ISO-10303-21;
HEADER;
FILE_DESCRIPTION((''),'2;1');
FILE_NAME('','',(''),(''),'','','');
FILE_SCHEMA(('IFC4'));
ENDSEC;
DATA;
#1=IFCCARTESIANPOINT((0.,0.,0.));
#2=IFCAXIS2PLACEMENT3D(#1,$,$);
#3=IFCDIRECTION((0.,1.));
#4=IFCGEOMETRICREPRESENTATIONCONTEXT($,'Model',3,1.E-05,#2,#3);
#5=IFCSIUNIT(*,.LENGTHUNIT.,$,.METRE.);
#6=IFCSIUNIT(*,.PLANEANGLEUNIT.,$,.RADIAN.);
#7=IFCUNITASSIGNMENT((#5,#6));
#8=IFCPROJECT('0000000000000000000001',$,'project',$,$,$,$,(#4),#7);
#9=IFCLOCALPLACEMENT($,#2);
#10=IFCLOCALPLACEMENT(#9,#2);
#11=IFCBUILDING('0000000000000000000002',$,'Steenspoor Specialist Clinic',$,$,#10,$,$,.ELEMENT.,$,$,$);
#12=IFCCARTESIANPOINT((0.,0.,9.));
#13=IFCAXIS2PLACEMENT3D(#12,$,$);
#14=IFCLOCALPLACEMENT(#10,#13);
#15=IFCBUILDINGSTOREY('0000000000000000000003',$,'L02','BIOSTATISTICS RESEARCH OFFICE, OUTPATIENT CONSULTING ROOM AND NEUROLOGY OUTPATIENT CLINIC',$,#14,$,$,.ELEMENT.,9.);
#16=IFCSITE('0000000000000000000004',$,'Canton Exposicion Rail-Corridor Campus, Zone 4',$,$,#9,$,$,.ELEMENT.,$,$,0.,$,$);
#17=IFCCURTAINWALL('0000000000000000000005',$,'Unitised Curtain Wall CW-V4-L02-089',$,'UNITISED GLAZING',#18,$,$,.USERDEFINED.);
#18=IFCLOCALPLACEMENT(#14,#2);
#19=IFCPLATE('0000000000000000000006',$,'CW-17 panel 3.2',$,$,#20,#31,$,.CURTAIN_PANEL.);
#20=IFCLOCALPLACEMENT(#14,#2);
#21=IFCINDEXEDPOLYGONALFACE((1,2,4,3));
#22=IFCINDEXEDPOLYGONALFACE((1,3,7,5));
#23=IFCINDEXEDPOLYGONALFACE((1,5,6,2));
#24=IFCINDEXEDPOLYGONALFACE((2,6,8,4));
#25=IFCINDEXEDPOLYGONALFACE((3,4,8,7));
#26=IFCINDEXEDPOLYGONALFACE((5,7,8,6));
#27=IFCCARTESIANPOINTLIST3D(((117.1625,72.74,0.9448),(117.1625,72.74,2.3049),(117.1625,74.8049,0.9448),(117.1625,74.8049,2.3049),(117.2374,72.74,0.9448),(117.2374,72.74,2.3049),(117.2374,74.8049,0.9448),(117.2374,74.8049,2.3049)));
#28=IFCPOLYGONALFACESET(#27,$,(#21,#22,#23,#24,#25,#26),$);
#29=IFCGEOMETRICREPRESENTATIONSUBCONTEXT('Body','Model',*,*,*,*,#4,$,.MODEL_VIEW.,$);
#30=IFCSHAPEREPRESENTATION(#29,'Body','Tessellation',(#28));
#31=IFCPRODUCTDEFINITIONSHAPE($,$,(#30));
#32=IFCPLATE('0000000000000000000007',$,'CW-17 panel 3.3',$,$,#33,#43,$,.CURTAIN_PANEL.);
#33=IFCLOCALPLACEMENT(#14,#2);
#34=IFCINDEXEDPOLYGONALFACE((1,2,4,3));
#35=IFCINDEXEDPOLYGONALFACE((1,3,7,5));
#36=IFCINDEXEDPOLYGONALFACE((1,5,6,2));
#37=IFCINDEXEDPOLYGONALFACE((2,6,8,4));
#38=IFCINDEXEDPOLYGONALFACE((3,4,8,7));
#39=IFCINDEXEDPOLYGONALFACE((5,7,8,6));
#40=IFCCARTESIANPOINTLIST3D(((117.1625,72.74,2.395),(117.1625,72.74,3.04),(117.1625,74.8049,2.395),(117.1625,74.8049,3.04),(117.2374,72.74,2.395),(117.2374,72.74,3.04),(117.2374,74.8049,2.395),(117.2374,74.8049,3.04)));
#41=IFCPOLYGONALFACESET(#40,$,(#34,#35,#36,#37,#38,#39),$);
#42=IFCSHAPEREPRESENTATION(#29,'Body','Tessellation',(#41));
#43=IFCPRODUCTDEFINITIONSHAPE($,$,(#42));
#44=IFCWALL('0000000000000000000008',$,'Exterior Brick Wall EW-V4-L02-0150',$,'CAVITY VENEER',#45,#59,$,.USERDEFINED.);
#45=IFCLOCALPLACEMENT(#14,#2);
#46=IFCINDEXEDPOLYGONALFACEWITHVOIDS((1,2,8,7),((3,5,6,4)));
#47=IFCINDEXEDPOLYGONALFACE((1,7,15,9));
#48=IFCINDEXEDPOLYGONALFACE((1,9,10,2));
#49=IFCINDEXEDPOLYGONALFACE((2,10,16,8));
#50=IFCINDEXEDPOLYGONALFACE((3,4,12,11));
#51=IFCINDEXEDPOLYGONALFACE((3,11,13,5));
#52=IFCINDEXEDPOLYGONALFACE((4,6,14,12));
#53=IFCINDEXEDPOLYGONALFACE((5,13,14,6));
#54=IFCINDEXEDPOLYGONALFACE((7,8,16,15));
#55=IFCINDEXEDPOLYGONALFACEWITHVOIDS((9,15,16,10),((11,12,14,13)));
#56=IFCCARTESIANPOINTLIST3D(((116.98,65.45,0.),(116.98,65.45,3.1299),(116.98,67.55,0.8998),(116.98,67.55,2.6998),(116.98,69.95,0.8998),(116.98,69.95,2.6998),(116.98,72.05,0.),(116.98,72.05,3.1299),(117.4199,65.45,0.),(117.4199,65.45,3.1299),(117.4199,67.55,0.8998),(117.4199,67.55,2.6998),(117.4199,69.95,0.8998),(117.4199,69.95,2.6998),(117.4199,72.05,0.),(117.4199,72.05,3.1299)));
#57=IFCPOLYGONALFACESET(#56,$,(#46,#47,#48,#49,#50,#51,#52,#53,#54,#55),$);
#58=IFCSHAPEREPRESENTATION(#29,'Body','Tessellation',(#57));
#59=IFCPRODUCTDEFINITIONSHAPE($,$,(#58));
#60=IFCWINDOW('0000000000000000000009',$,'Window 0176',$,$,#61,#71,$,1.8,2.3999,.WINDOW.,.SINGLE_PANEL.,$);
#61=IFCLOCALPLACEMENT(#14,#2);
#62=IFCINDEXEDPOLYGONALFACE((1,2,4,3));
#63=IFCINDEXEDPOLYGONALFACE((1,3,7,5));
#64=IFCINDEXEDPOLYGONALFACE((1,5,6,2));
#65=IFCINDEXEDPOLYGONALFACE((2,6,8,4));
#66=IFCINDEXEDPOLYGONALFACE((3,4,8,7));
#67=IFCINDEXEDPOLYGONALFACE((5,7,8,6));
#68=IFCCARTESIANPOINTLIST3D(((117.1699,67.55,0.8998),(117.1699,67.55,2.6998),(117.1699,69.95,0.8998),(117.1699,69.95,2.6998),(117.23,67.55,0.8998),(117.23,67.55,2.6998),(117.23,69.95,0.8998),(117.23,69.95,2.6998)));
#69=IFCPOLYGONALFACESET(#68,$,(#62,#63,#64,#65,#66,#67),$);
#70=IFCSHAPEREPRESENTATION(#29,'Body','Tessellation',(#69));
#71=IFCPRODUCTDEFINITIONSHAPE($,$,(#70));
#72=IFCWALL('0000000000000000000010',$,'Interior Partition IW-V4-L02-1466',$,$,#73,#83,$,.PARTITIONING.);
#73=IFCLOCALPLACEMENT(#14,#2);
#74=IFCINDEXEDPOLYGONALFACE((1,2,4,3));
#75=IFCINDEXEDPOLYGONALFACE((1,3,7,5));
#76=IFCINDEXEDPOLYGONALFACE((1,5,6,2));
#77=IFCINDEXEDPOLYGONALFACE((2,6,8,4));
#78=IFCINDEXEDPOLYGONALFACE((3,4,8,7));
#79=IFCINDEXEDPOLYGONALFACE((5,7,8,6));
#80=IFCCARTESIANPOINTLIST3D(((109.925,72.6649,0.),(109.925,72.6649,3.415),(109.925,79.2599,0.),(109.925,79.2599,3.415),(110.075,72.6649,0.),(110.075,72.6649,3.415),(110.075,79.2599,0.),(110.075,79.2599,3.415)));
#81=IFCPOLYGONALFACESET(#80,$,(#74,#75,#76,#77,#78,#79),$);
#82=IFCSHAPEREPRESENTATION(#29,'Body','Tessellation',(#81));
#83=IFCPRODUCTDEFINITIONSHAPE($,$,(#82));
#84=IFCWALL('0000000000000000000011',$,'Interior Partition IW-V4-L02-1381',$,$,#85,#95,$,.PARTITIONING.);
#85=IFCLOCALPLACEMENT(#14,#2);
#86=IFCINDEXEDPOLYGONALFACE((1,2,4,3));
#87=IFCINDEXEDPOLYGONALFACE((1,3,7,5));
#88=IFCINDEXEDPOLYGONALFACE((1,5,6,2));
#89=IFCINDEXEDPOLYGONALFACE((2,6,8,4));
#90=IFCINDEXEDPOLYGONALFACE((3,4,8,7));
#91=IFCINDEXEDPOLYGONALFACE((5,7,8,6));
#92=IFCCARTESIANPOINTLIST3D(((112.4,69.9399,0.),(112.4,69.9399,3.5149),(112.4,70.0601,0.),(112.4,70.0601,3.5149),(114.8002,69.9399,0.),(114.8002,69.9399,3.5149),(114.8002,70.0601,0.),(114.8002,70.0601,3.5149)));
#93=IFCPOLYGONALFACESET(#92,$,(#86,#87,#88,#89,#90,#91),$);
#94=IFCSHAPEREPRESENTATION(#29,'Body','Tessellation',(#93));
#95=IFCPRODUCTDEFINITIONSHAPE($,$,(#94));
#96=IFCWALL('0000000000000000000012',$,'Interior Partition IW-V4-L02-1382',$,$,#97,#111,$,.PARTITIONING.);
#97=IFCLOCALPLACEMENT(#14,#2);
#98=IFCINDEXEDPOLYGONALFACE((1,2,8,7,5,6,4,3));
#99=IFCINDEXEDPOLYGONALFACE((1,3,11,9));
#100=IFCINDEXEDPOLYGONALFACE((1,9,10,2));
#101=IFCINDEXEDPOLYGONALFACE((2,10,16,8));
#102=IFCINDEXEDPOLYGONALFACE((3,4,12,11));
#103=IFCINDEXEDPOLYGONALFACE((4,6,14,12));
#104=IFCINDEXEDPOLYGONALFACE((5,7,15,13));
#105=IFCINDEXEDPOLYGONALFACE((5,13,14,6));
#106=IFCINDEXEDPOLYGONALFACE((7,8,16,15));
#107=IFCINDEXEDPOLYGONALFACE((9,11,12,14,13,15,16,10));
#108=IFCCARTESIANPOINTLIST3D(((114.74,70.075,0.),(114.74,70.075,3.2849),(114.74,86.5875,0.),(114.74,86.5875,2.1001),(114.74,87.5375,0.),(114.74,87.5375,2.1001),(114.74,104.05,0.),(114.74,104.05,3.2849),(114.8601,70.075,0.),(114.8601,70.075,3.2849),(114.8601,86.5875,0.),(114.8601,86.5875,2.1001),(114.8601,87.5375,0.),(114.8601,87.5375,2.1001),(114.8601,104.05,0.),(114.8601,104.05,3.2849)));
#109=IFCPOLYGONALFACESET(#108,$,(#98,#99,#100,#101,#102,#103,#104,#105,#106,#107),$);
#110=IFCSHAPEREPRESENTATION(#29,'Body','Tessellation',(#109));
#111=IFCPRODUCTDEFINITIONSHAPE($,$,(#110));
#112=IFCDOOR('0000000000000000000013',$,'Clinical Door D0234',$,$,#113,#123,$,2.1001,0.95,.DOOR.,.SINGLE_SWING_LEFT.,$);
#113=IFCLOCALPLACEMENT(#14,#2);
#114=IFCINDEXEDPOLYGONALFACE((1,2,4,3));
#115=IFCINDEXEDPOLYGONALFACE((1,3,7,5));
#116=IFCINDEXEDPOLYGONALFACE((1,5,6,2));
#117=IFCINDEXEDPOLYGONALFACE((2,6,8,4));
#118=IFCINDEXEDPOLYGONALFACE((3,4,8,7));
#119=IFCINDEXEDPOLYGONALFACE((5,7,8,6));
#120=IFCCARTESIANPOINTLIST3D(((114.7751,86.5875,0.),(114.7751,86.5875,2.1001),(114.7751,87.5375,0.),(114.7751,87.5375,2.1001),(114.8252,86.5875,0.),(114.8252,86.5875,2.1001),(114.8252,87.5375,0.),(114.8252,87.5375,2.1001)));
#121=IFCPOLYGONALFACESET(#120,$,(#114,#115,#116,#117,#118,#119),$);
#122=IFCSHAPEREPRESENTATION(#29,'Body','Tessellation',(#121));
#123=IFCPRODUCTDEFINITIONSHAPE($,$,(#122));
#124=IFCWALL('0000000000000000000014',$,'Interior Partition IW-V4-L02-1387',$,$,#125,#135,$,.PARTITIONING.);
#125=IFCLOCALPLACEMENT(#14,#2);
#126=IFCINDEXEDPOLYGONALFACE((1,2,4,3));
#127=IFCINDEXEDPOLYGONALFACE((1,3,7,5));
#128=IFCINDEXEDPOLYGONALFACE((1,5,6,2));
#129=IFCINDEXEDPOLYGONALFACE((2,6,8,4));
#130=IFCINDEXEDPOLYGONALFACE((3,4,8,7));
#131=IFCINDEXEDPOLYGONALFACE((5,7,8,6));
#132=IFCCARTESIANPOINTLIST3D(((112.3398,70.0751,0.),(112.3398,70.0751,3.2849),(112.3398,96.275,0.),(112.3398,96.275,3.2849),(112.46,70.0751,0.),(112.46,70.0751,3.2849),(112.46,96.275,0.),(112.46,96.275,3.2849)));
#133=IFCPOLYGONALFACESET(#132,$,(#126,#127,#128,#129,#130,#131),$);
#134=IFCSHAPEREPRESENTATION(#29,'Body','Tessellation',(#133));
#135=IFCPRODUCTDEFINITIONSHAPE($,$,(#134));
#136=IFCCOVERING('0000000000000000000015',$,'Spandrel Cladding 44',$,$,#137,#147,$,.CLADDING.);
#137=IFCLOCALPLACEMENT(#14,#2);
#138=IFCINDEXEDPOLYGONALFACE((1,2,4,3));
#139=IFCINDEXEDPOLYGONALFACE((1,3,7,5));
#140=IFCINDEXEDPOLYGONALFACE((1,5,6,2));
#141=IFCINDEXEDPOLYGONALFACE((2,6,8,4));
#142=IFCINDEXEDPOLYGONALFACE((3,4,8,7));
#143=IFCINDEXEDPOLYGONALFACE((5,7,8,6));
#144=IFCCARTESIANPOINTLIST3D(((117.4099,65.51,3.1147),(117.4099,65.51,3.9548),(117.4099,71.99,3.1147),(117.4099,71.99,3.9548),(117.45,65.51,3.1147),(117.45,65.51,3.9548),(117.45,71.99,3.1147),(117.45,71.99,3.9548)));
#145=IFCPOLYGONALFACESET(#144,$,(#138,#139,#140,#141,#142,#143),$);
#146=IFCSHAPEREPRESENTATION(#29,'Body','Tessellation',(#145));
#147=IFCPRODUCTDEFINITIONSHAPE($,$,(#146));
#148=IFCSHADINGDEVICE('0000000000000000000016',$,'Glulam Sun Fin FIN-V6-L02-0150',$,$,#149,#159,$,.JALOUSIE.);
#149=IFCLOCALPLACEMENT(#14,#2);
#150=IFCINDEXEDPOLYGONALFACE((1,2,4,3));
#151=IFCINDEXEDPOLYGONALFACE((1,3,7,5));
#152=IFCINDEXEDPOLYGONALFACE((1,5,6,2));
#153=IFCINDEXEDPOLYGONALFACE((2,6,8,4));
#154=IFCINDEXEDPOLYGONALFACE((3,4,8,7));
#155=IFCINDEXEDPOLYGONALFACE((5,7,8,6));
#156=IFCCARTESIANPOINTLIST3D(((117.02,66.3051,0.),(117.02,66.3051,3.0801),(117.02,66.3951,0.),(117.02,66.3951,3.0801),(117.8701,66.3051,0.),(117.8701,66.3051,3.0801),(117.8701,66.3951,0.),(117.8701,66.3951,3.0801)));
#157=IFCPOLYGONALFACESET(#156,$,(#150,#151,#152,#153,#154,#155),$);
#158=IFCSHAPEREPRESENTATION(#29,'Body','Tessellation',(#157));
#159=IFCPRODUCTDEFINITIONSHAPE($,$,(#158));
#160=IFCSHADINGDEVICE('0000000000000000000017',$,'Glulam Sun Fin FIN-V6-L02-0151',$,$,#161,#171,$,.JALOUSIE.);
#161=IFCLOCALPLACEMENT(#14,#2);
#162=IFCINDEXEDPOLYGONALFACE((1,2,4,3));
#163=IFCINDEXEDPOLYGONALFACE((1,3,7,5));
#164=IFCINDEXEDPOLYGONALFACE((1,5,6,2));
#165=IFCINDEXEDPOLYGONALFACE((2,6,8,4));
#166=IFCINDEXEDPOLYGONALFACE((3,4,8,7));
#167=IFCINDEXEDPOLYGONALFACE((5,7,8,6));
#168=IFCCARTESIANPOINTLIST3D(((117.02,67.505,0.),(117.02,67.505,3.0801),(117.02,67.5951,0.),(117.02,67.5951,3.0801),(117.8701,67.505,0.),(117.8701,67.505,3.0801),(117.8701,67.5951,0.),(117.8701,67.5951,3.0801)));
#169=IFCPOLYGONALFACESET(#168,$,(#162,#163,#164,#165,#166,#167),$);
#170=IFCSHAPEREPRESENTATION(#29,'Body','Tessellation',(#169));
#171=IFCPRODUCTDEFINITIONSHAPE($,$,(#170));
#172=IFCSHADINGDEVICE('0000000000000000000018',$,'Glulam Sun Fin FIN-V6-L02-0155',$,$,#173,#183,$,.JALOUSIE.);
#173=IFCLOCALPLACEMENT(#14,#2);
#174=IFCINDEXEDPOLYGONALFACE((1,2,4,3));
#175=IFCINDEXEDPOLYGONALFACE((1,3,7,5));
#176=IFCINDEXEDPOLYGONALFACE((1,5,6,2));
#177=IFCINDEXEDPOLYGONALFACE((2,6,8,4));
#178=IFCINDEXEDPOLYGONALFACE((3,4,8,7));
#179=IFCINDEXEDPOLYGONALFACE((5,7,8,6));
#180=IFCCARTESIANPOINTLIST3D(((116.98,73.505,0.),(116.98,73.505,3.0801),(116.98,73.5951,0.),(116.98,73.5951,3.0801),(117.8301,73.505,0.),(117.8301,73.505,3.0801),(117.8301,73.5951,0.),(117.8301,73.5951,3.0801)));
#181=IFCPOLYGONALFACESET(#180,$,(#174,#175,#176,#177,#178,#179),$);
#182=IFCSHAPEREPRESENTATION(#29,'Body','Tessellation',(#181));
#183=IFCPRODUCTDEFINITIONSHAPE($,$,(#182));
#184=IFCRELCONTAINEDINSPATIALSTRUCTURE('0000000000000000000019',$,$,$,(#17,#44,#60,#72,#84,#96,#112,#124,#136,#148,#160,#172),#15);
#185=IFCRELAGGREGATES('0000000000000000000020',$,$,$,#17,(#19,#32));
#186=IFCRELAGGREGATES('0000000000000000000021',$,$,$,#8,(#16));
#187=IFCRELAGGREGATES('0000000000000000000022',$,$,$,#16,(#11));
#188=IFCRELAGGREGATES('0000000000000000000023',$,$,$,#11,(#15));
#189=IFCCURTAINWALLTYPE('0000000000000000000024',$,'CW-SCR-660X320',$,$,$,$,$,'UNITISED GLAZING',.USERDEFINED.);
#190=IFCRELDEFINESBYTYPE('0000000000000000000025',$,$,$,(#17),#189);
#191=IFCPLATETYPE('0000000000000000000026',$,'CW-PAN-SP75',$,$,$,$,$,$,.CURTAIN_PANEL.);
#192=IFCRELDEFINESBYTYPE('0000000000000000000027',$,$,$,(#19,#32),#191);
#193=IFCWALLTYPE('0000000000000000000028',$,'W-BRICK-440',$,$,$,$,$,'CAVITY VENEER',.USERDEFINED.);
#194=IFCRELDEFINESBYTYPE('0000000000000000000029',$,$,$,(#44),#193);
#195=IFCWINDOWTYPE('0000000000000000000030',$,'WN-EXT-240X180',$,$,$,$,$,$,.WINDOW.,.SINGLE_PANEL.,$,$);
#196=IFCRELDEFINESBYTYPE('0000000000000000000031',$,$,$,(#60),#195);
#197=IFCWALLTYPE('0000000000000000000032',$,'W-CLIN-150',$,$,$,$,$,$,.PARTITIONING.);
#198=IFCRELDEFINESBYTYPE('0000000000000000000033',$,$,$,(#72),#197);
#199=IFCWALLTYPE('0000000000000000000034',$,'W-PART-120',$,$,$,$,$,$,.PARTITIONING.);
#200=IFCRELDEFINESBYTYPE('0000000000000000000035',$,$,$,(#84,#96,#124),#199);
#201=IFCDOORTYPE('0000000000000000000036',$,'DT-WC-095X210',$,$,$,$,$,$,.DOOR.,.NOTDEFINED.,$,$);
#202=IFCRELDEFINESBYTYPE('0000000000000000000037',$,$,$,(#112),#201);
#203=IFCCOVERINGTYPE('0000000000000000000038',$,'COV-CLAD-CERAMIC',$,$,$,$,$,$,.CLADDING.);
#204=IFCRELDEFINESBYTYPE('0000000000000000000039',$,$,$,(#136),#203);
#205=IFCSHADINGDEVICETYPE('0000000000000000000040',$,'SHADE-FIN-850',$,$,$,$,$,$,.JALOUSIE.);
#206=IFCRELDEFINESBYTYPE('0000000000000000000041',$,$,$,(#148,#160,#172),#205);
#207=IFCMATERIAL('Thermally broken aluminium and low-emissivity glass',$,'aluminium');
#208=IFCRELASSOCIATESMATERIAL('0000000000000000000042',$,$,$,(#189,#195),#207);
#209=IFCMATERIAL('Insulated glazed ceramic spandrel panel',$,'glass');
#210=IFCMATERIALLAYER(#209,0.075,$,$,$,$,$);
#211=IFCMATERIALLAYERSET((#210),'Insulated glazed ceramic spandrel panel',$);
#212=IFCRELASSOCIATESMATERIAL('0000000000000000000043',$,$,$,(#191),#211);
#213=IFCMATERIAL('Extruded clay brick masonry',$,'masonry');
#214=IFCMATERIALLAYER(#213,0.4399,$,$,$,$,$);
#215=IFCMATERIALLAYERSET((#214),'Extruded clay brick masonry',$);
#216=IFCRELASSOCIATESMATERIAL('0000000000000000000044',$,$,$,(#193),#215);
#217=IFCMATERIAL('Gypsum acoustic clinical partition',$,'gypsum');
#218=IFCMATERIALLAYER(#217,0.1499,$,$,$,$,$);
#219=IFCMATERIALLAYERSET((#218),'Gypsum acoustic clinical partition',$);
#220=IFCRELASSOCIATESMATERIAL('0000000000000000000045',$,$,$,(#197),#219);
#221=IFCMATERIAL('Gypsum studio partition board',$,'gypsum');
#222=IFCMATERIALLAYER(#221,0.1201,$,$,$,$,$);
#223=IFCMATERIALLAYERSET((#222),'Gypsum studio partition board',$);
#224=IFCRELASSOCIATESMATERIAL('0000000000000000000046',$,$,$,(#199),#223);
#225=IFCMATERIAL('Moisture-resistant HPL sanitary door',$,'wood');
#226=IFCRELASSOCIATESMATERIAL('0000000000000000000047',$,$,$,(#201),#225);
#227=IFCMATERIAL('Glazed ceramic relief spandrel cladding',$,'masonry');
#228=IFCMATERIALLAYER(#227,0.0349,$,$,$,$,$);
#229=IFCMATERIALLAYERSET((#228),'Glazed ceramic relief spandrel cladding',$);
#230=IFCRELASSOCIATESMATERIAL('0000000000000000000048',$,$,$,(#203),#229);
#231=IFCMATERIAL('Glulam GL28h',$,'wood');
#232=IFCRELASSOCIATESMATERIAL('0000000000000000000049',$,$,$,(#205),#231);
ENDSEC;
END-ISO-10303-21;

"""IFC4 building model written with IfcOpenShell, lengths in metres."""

from ifc_helpers import new_model, si_unit, direction, frame, frame_2d, origin, origin_2d, place, context, subcontext, project, spatial, rectangle, extrude, material, layer, layer_set, material_profile, profile_set, type_object, element, fill, aggregate, save


model = new_model("IFC4")

# Units and contexts
model_context = context("Model", 3, precision=1e-05, world=origin(), true_north=direction((0.0, 1.0)))
body_context = subcontext(model_context, "Body", "Model", "MODEL_VIEW")
ifc_project = project(units=[si_unit("LENGTHUNIT", "METRE"), si_unit("PLANEANGLEUNIT", "RADIAN")], contexts=[model_context])

# Site, building, storey
site_placement = place(None, origin())
site = spatial("IfcSite", under=ifc_project, at=site_placement, Name="Canton Exposicion Rail-Corridor Campus, Zone 4", CompositionType="ELEMENT", RefElevation=0.0)
building_placement = place(site_placement, origin())
building = spatial("IfcBuilding", under=site, at=building_placement, Name="Steenspoor Specialist Clinic", CompositionType="ELEMENT")
storey_placement = place(building_placement, frame((0.0, 0.0, 9.0)))
storey = spatial("IfcBuildingStorey", under=building, at=storey_placement, Name="L02", Description="BIOSTATISTICS RESEARCH OFFICE, OUTPATIENT CONSULTING ROOM AND NEUROLOGY OUTPATIENT CLINIC", CompositionType="ELEMENT", Elevation=9.0)

# Curtain wall
ifc_material_1 = material(Name="Thermally broken aluminium and low-emissivity glass", Category="aluminium")
curtain_wall_type = type_object("IfcCurtainWallType", Name="CW-SCR-660X320", ElementType="UNITISED GLAZING", PredefinedType="USERDEFINED", material=ifc_material_1)
curtain_wall_placement = place(storey_placement, origin())
curtain_wall = element("IfcCurtainWall", 1, at=curtain_wall_placement, inside=storey, type_object=curtain_wall_type, Name="Unitised Curtain Wall CW-V4-L02-089", ObjectType="UNITISED GLAZING", PredefinedType="USERDEFINED")

# Plates
ifc_material_2 = material(Name="Insulated glazed ceramic spandrel panel", Category="glass")
ifc_layer_1 = layer(ifc_material_2, 0.075)
ifc_layer_set_1 = layer_set([ifc_layer_1], Name="Insulated glazed ceramic spandrel panel")
plate_type = type_object("IfcPlateType", Name="CW-PAN-SP75", PredefinedType="CURTAIN_PANEL", material=ifc_layer_set_1)
plate_1_placement = place(storey_placement, frame((117.2, 73.7725, 0.9448), z_axis=(0.0, 0.0, 1.0), x_axis=(0.0, -1.0, 0.0)))
plate_1 = element("IfcPlate", 2, at=plate_1_placement, type_object=plate_type, Name="CW-17 panel 3.2", PredefinedType="CURTAIN_PANEL", context=body_context, shape_type="SweptSolid", body=[
    extrude(rectangle(XDim=2.0649, YDim=0.075, at=origin_2d()), origin(), (0.0, 0.0, 1.0), 1.3601),
])
plate_2_placement = place(storey_placement, frame((117.2, 73.7725, 2.395), z_axis=(0.0, 0.0, 1.0), x_axis=(0.0, -1.0, 0.0)))
plate_2 = element("IfcPlate", 3, at=plate_2_placement, type_object=plate_type, Name="CW-17 panel 3.3", PredefinedType="CURTAIN_PANEL", context=body_context, shape_type="SweptSolid", body=[
    extrude(rectangle(XDim=2.0649, YDim=0.075, at=origin_2d()), origin(), (0.0, 0.0, 1.0), 0.645),
])
aggregate(curtain_wall, [plate_1, plate_2])

# Wall, opening, window
ifc_material_3 = material(Name="Extruded clay brick masonry", Category="masonry")
ifc_layer_2 = layer(ifc_material_3, 0.4399)
ifc_layer_set_2 = layer_set([ifc_layer_2], Name="Extruded clay brick masonry")
wall_type_1 = type_object("IfcWallType", Name="W-BRICK-440", ElementType="CAVITY VENEER", PredefinedType="USERDEFINED", material=ifc_layer_set_2)
wall_1_placement = place(storey_placement, frame((117.2, 72.05, 0.0), z_axis=(0.0, 0.0, 1.0), x_axis=(0.0, -1.0, 0.0)))
wall_1 = element("IfcWall", 4, at=wall_1_placement, inside=storey, type_object=wall_type_1, Name="Exterior Brick Wall EW-V4-L02-0150", ObjectType="CAVITY VENEER", PredefinedType="USERDEFINED", context=body_context, shape_type="SweptSolid", body=[
    extrude(rectangle(XDim=6.6001, YDim=0.4399, at=frame_2d((3.3, 0.0))), origin(), (0.0, 0.0, 1.0), 3.1299),
])
opening_1_placement = place(wall_1_placement, frame((2.1001, 0.0, 0.8999)))
opening_1 = element("IfcOpeningElement", 5, at=opening_1_placement, cuts=wall_1, PredefinedType="OPENING", context=body_context, shape_type="SweptSolid", body=[
    extrude(rectangle(XDim=2.3999, YDim=1.8, at=frame_2d((1.2, 0.8999))), frame((0.0, 0.23, 0.0), z_axis=(0.0, -1.0, 0.0), x_axis=(1.0, 0.0, 0.0)), (0.0, 0.0, 1.0), 0.46),
])
window_type = type_object("IfcWindowType", Name="WN-EXT-240X180", PartitioningType="SINGLE_PANEL", PredefinedType="WINDOW", material=ifc_material_1)
window_placement = place(opening_1_placement, origin())
window = element("IfcWindow", 6, at=window_placement, inside=storey, type_object=window_type, Name="Window 0176", OverallHeight=1.8, OverallWidth=2.3999, PartitioningType="SINGLE_PANEL", PredefinedType="WINDOW", context=body_context, shape_type="SweptSolid", body=[
    extrude(rectangle(XDim=2.3999, YDim=1.8, at=frame_2d((1.2, 0.8999))), frame((0.0, 0.03, 0.0), z_axis=(0.0, -1.0, 0.0), x_axis=(1.0, 0.0, 0.0)), (0.0, 0.0, 1.0), 0.0601),
])
fill(opening_1, window)

# Walls
ifc_material_4 = material(Name="Gypsum acoustic clinical partition", Category="gypsum")
ifc_layer_3 = layer(ifc_material_4, 0.1499)
ifc_layer_set_3 = layer_set([ifc_layer_3], Name="Gypsum acoustic clinical partition")
wall_type_2 = type_object("IfcWallType", Name="W-CLIN-150", PredefinedType="PARTITIONING", material=ifc_layer_set_3)
wall_2_placement = place(storey_placement, frame((110.0, 72.665, 0.0), z_axis=(0.0, 0.0, 1.0), x_axis=(0.0, 1.0, 0.0)))
element("IfcWall", 7, at=wall_2_placement, inside=storey, type_object=wall_type_2, Name="Interior Partition IW-V4-L02-1466", PredefinedType="PARTITIONING", context=body_context, shape_type="SweptSolid", body=[
    extrude(rectangle(XDim=6.595, YDim=0.1499, at=frame_2d((3.2974, 0.0))), origin(), (0.0, 0.0, 1.0), 3.415),
])
ifc_material_5 = material(Name="Gypsum studio partition board", Category="gypsum")
ifc_layer_4 = layer(ifc_material_5, 0.1201)
ifc_layer_set_4 = layer_set([ifc_layer_4], Name="Gypsum studio partition board")
wall_type_3 = type_object("IfcWallType", Name="W-PART-120", PredefinedType="PARTITIONING", material=ifc_layer_set_4)
wall_3_placement = place(storey_placement, frame((112.3999, 70.0, 0.0), z_axis=(0.0, 0.0, 1.0), x_axis=(1.0, 0.0, 0.0)))
element("IfcWall", 8, at=wall_3_placement, inside=storey, type_object=wall_type_3, Name="Interior Partition IW-V4-L02-1381", PredefinedType="PARTITIONING", context=body_context, shape_type="SweptSolid", body=[
    extrude(rectangle(XDim=2.4001, YDim=0.1201, at=frame_2d((1.2002, 0.0))), origin(), (0.0, 0.0, 1.0), 3.5149),
])

# Wall, opening, door
wall_4_placement = place(storey_placement, frame((114.8, 70.075, 0.0), z_axis=(0.0, 0.0, 1.0), x_axis=(0.0, 1.0, 0.0)))
wall_4 = element("IfcWall", 9, at=wall_4_placement, inside=storey, type_object=wall_type_3, Name="Interior Partition IW-V4-L02-1382", PredefinedType="PARTITIONING", context=body_context, shape_type="SweptSolid", body=[
    extrude(rectangle(XDim=33.9751, YDim=0.1201, at=frame_2d((16.9875, 0.0))), origin(), (0.0, 0.0, 1.0), 3.2849),
])
opening_2_placement = place(wall_4_placement, frame((16.5125, 0.0, 0.0)))
opening_2 = element("IfcOpeningElement", 10, at=opening_2_placement, cuts=wall_4, PredefinedType="OPENING", context=body_context, shape_type="SweptSolid", body=[
    extrude(rectangle(XDim=0.95, YDim=2.1001, at=frame_2d((0.4751, 1.05))), frame((0.0, 0.0701, 0.0), z_axis=(0.0, -1.0, 0.0), x_axis=(1.0, 0.0, 0.0)), (0.0, 0.0, 1.0), 0.1401),
])
ifc_material_6 = material(Name="Moisture-resistant HPL sanitary door", Category="wood")
door_type = type_object("IfcDoorType", Name="DT-WC-095X210", OperationType="NOTDEFINED", PredefinedType="DOOR", material=ifc_material_6)
door_placement = place(opening_2_placement, origin())
door = element("IfcDoor", 11, at=door_placement, inside=storey, type_object=door_type, Name="Clinical Door D0234", OperationType="SINGLE_SWING_LEFT", OverallHeight=2.1001, OverallWidth=0.95, PredefinedType="DOOR", context=body_context, shape_type="SweptSolid", body=[
    extrude(rectangle(XDim=0.95, YDim=2.1001, at=frame_2d((0.4751, 1.05))), frame((0.0, 0.0249, 0.0), z_axis=(0.0, -1.0, 0.0), x_axis=(1.0, 0.0, 0.0)), (0.0, 0.0, 1.0), 0.05),
])
fill(opening_2, door)

# Wall
wall_5_placement = place(storey_placement, frame((112.3999, 70.075, 0.0), z_axis=(0.0, 0.0, 1.0), x_axis=(0.0, 1.0, 0.0)))
element("IfcWall", 12, at=wall_5_placement, inside=storey, type_object=wall_type_3, Name="Interior Partition IW-V4-L02-1387", PredefinedType="PARTITIONING", context=body_context, shape_type="SweptSolid", body=[
    extrude(rectangle(XDim=26.2, YDim=0.1201, at=frame_2d((13.1001, 0.0))), origin(), (0.0, 0.0, 1.0), 3.2849),
])

# Covering
ifc_material_7 = material(Name="Glazed ceramic relief spandrel cladding", Category="masonry")
ifc_layer_5 = layer(ifc_material_7, 0.0349)
ifc_layer_set_5 = layer_set([ifc_layer_5], Name="Glazed ceramic relief spandrel cladding")
covering_type = type_object("IfcCoveringType", Name="COV-CLAD-CERAMIC", PredefinedType="CLADDING", material=ifc_layer_set_5)
covering_placement = place(storey_placement, frame((117.4299, 68.75, 3.1147), z_axis=(0.0, 0.0, 1.0), x_axis=(0.0, -1.0, 0.0)))
element("IfcCovering", 13, at=covering_placement, inside=storey, type_object=covering_type, Name="Spandrel Cladding 44", PredefinedType="CLADDING", context=body_context, shape_type="SweptSolid", body=[
    extrude(rectangle(XDim=6.48, YDim=0.04, at=origin_2d()), origin(), (0.0, 0.0, 1.0), 0.8401),
])

# Shading devices
ifc_material_8 = material(Name="Glulam GL28h", Category="wood")
ifc_material_profile_1 = material_profile(ifc_material_8, rectangle(XDim=0.0901, YDim=0.8501, at=origin_2d()), Name="GL28H-90X850")
ifc_profile_set_1 = profile_set([ifc_material_profile_1], Name="Glulam GL28h")
shading_device_type = type_object("IfcShadingDeviceType", Name="SHADE-FIN-850", PredefinedType="JALOUSIE", material=ifc_profile_set_1)
for number, where, z_axis, x_axis, name in (
    (14, (117.4451, 66.3501, 0.0), (0.0, 0.0, 1.0), (0.0, 1.0, 0.0), "Glulam Sun Fin FIN-V6-L02-0150"),
    (15, (117.4451, 67.55, 0.0), (0.0, 0.0, 1.0), (0.0, 1.0, 0.0), "Glulam Sun Fin FIN-V6-L02-0151"),
    (16, (117.405, 73.55, 0.0), (0.0, 0.0, 1.0), (0.0, 1.0, 0.0), "Glulam Sun Fin FIN-V6-L02-0155"),
):
    element("IfcShadingDevice", number, at=place(storey_placement, frame(where, z_axis=z_axis, x_axis=x_axis)), inside=storey, type_object=shading_device_type, Name=name, PredefinedType="JALOUSIE", context=body_context, shape_type="SweptSolid", body=[
        extrude(rectangle(XDim=0.0901, YDim=0.8501, at=origin_2d()), origin(), (0.0, 0.0, 1.0), 3.0801),
    ])

save(model, "model.ifc")
